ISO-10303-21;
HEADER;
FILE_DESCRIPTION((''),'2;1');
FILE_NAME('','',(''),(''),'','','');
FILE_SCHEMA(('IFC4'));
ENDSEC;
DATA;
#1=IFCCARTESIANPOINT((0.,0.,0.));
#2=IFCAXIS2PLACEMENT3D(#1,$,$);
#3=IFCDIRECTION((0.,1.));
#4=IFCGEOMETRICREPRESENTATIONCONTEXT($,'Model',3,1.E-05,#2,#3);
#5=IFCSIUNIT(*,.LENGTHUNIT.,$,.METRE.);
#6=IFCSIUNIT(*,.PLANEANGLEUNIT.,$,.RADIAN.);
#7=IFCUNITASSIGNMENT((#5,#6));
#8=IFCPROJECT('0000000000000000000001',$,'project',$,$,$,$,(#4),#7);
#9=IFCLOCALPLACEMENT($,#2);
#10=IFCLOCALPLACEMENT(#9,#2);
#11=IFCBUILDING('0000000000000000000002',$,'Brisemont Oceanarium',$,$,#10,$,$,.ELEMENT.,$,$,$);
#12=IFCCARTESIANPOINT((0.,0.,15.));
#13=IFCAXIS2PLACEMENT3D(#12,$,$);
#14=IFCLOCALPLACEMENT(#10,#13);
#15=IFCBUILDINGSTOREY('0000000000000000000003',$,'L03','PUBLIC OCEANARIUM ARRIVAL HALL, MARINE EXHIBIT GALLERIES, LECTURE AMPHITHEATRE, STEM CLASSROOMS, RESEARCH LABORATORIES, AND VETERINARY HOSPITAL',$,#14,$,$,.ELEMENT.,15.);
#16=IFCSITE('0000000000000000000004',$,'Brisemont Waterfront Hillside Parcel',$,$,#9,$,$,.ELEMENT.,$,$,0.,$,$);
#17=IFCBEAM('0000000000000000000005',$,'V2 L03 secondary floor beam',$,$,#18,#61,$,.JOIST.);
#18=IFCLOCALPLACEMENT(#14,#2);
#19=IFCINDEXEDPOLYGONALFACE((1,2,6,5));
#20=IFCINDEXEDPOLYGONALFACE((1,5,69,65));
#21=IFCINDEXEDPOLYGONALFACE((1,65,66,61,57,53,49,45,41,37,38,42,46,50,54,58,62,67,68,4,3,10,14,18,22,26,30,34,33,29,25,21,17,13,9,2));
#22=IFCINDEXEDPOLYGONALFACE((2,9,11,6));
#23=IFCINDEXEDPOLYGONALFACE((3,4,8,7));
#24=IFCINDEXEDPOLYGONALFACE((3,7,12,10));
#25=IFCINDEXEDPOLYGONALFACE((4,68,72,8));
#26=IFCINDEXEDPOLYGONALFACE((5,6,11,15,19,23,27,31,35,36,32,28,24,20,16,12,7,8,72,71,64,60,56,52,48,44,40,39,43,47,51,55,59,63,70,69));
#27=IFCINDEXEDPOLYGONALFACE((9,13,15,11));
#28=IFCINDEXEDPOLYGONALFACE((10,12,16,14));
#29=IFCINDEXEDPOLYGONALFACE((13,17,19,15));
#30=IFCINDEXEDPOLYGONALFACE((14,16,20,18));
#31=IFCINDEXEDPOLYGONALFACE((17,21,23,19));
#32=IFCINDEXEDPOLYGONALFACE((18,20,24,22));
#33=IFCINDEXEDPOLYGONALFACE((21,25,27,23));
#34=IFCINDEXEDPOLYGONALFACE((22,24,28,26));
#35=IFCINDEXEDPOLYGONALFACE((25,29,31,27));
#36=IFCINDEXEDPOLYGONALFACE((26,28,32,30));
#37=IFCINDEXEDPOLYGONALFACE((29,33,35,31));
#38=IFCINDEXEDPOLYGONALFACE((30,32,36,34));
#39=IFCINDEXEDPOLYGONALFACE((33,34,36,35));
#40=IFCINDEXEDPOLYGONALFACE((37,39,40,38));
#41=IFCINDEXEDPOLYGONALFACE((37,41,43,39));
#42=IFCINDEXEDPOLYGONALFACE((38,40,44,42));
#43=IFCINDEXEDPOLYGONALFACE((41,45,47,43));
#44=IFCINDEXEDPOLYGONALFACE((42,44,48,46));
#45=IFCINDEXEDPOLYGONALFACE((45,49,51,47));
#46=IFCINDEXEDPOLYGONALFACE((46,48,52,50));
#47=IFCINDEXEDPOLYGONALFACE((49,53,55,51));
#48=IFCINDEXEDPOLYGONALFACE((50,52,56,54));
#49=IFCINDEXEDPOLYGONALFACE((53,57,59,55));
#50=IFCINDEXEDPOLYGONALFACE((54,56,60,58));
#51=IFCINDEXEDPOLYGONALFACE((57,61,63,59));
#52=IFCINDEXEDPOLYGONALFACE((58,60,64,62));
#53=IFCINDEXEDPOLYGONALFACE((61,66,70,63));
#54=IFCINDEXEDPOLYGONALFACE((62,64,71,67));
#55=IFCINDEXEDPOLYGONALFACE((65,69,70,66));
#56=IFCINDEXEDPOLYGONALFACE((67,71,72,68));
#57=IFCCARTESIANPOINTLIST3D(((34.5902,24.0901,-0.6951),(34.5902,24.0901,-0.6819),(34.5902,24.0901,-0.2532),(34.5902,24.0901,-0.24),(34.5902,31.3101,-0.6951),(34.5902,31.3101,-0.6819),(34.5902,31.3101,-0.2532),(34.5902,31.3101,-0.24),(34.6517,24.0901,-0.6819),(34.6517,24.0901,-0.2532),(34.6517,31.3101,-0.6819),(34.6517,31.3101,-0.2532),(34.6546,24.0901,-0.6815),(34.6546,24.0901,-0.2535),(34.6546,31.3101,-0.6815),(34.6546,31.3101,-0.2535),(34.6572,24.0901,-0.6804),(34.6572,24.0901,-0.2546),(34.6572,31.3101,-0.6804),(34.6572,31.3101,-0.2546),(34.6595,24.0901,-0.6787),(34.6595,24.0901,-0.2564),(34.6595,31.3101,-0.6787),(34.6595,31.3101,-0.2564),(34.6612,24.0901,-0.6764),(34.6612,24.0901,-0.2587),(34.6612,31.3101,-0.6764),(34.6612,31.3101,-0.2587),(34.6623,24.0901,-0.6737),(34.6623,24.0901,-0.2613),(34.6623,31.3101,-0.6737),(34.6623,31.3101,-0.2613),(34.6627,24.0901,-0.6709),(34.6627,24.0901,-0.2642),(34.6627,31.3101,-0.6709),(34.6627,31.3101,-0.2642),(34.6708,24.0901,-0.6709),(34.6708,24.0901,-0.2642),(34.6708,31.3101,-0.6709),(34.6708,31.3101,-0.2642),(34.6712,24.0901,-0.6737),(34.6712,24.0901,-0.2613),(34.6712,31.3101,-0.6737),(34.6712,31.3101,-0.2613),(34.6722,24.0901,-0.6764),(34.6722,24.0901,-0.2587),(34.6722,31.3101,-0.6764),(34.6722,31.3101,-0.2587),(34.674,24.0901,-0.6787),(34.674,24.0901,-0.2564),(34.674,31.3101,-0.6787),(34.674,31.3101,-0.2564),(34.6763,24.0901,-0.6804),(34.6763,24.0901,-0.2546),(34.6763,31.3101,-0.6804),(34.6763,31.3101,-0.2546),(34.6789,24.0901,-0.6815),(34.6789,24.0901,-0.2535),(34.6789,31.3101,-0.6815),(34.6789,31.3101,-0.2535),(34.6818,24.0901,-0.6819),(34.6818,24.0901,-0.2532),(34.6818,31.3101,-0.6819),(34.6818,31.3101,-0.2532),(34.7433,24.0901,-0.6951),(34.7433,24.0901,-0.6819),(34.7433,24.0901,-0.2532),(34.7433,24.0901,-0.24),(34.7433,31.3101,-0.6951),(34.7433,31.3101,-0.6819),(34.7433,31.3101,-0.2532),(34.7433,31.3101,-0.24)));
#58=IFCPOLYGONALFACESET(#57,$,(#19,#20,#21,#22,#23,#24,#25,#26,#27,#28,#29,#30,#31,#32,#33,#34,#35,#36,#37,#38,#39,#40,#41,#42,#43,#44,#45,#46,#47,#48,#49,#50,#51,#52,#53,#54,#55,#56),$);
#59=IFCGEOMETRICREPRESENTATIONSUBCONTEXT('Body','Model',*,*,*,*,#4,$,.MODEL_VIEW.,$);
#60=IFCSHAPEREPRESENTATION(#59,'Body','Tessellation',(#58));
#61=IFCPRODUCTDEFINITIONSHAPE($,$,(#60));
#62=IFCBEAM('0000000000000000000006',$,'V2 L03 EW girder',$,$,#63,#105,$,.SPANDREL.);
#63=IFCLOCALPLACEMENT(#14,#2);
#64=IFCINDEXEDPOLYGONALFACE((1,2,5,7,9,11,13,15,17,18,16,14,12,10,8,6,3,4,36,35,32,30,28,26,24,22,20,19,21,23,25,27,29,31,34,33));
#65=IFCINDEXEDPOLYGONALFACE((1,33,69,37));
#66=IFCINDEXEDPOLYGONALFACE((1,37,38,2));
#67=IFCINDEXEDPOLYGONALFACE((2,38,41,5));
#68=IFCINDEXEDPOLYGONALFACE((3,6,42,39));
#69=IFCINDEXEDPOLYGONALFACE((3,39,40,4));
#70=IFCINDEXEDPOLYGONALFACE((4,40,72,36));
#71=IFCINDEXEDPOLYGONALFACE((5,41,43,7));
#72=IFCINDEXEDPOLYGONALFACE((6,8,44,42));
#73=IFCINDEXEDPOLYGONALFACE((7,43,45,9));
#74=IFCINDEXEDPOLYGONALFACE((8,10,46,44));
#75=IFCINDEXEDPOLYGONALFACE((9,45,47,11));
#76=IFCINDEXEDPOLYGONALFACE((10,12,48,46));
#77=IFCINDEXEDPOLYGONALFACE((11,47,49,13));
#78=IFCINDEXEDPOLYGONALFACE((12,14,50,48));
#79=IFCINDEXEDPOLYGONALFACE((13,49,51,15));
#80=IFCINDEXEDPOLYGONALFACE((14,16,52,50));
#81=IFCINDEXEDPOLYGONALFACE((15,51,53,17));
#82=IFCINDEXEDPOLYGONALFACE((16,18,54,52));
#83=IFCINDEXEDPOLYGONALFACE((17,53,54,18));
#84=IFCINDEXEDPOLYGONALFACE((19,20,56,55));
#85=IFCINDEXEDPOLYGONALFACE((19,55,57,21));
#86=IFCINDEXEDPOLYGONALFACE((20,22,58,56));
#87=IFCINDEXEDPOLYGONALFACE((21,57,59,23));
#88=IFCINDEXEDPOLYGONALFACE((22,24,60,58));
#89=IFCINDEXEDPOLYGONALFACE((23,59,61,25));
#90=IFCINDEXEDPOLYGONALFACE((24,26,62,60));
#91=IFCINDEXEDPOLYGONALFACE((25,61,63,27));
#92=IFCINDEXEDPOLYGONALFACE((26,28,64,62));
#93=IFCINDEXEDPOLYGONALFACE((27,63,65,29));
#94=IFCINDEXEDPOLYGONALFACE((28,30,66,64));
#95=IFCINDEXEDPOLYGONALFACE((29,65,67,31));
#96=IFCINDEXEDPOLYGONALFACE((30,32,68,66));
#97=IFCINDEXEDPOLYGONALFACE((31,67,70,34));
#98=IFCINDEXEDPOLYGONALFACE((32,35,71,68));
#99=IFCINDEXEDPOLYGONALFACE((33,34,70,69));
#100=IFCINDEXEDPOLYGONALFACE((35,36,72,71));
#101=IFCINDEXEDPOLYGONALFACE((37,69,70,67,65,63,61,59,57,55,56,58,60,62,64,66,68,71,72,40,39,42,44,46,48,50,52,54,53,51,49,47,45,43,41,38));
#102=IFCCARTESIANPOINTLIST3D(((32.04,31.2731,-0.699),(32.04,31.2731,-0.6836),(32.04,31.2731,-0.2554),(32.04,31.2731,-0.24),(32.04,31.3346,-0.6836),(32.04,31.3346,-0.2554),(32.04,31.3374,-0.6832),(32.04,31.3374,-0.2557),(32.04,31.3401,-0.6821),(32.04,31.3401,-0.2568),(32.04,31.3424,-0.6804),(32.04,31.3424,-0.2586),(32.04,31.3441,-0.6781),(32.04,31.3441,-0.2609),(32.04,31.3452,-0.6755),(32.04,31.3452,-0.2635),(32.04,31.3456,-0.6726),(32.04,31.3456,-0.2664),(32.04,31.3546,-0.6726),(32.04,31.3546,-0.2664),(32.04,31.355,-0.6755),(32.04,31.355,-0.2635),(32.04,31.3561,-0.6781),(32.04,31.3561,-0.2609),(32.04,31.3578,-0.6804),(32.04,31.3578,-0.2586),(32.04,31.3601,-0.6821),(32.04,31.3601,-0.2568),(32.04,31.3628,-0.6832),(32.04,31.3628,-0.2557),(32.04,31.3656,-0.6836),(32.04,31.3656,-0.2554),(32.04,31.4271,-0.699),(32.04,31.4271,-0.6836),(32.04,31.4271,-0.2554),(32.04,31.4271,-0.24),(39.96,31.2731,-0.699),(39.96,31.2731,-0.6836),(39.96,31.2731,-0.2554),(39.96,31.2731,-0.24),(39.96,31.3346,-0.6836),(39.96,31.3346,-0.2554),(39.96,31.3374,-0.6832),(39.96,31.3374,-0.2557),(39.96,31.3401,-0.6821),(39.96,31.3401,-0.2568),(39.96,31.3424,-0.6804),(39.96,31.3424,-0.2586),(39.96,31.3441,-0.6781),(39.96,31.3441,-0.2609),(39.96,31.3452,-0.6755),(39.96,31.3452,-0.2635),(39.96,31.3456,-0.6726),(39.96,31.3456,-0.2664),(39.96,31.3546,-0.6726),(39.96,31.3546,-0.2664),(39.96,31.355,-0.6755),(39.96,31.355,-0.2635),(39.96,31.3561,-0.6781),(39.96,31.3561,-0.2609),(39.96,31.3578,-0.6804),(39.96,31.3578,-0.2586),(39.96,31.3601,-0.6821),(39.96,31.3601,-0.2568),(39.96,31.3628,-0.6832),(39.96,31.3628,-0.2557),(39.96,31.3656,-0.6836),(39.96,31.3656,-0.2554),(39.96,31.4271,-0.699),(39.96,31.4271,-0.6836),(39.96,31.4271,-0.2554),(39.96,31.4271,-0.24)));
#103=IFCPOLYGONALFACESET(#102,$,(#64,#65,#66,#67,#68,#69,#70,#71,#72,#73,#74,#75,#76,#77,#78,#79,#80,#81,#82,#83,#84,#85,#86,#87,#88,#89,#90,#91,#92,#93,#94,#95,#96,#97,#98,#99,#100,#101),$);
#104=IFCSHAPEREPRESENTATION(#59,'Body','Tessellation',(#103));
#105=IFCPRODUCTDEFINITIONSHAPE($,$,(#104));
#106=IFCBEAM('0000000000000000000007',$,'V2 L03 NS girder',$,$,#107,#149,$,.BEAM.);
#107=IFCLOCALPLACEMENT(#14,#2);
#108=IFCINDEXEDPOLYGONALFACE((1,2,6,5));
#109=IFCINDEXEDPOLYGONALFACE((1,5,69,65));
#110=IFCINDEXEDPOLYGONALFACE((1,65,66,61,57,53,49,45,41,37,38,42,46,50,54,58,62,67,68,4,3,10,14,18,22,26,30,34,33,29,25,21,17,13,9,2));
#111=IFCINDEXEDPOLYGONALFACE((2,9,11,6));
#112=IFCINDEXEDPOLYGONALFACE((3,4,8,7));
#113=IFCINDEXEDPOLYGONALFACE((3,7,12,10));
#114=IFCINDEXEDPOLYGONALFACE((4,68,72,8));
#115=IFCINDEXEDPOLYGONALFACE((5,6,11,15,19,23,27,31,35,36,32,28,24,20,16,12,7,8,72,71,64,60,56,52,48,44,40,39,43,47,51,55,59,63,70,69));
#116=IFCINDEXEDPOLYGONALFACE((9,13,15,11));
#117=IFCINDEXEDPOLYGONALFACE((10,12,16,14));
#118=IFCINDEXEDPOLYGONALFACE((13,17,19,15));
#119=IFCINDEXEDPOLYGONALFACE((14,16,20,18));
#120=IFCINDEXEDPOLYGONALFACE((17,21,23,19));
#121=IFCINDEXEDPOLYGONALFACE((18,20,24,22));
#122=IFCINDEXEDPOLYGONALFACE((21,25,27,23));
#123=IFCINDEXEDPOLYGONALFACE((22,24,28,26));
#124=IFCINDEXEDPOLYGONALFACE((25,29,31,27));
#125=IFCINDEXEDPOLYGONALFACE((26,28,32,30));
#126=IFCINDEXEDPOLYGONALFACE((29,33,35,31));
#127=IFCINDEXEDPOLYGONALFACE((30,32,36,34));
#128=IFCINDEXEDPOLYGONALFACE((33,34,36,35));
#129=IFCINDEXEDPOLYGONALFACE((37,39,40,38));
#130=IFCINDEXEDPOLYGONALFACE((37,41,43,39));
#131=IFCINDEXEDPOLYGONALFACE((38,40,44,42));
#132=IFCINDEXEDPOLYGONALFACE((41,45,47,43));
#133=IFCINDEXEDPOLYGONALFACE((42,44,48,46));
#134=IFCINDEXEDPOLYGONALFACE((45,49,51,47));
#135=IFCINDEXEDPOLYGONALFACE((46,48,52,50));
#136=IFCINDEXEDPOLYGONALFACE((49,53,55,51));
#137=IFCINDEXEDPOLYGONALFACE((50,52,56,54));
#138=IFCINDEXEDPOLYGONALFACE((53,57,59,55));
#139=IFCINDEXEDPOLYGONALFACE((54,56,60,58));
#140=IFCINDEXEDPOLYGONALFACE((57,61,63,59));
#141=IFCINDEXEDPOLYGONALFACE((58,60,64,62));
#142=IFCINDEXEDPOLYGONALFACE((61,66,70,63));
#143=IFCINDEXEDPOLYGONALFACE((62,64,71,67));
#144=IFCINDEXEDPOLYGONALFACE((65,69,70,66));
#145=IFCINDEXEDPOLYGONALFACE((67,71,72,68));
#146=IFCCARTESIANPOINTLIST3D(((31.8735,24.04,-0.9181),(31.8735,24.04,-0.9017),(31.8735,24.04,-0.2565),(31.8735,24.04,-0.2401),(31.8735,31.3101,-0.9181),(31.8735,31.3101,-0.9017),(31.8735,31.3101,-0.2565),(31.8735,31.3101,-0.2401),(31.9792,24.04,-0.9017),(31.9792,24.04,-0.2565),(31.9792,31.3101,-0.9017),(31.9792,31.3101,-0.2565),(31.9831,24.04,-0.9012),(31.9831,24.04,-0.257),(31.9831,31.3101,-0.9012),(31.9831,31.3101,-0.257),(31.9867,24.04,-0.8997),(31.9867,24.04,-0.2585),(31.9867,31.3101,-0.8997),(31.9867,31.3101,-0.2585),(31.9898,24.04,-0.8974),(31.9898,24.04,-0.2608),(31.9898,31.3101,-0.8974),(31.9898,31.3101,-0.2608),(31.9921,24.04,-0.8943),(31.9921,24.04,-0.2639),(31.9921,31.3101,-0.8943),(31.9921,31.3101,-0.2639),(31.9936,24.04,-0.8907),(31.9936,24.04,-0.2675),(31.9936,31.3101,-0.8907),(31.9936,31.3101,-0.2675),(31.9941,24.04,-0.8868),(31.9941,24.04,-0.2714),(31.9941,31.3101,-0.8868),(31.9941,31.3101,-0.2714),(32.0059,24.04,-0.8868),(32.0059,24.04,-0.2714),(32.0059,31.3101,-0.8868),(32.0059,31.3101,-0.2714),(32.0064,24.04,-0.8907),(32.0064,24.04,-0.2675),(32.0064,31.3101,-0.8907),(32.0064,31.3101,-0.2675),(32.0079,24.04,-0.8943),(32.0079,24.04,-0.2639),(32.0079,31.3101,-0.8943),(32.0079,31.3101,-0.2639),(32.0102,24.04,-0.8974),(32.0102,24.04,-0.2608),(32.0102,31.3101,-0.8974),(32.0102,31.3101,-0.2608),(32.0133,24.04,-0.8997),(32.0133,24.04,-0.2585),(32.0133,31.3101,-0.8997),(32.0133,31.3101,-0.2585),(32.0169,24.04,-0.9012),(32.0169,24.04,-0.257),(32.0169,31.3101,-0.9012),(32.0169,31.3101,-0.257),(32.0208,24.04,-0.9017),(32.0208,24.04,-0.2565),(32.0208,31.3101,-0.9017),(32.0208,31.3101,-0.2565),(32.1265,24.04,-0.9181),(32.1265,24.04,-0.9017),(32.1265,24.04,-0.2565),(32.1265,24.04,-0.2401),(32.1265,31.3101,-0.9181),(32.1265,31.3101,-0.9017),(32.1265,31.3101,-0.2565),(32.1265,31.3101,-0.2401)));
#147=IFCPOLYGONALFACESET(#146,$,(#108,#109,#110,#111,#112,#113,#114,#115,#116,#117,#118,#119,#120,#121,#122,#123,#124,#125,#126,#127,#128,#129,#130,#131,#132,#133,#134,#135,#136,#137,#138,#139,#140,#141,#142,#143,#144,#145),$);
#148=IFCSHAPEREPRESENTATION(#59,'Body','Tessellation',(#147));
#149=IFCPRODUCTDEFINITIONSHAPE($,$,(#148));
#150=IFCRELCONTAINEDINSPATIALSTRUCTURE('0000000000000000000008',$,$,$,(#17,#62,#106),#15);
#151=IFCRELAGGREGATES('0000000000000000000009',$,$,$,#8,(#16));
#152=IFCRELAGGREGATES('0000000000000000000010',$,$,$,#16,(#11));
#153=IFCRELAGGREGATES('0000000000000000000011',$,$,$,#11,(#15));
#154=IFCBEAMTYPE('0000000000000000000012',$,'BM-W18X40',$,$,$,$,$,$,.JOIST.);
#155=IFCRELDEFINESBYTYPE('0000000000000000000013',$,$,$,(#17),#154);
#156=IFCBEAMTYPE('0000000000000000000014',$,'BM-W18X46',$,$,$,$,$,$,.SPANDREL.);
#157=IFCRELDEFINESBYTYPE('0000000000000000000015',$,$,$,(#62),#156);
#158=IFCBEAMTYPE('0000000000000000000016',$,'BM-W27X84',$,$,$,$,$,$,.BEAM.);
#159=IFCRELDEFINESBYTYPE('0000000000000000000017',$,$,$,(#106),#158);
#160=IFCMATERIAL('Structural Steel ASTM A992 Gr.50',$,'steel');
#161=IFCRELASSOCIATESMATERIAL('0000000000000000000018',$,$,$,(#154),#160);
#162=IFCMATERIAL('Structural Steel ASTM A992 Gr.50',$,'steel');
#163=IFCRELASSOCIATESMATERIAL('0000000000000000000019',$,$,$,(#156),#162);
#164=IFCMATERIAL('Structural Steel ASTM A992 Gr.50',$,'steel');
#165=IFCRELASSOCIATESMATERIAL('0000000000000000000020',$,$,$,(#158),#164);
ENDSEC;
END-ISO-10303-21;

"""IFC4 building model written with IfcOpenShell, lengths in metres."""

from ifc_helpers import new_model, si_unit, direction, frame, origin, origin_2d, place, context, subcontext, project, spatial, i_section, extrude, material, material_profile, profile_set, type_object, element, save


model = new_model("IFC4")

# Units and contexts
model_context = context("Model", 3, precision=1e-05, world=origin(), true_north=direction((0.0, 1.0)))
body_context = subcontext(model_context, "Body", "Model", "MODEL_VIEW")
ifc_project = project(units=[si_unit("LENGTHUNIT", "METRE"), si_unit("PLANEANGLEUNIT", "RADIAN")], contexts=[model_context])

# Site, building, storey
site_placement = place(None, origin())
site = spatial("IfcSite", under=ifc_project, at=site_placement, Name="Brisemont Waterfront Hillside Parcel", CompositionType="ELEMENT", RefElevation=0.0)
building_placement = place(site_placement, origin())
building = spatial("IfcBuilding", under=site, at=building_placement, Name="Brisemont Oceanarium", CompositionType="ELEMENT")
storey_placement = place(building_placement, frame((0.0, 0.0, 15.0)))
storey = spatial("IfcBuildingStorey", under=building, at=storey_placement, Name="L03", Description="PUBLIC OCEANARIUM ARRIVAL HALL, MARINE EXHIBIT GALLERIES, LECTURE AMPHITHEATRE, STEM CLASSROOMS, RESEARCH LABORATORIES, AND VETERINARY HOSPITAL", CompositionType="ELEMENT", Elevation=15.0)

# Beams
ifc_material_1 = material(Name="Structural Steel ASTM A992 Gr.50", Category="steel")
ifc_material_profile_1 = material_profile(ifc_material_1, i_section(OverallWidth=0.1531, OverallDepth=0.4551, WebThickness=0.0081, FlangeThickness=0.0132, FilletRadius=0.011, at=origin_2d()), Name="W18X40")
ifc_profile_set_1 = profile_set([ifc_material_profile_1], Name="Structural Steel ASTM A992 Gr.50")
beam_type_1 = type_object("IfcBeamType", Name="BM-W18X40", PredefinedType="JOIST", material=ifc_profile_set_1)
beam_1_placement = place(storey_placement, frame((34.6667, 24.0901, -0.4675), z_axis=(0.0, 1.0, 0.0), x_axis=(-1.0, 0.0, 0.0)))
element("IfcBeam", 1, at=beam_1_placement, inside=storey, type_object=beam_type_1, Name="V2 L03 secondary floor beam", PredefinedType="JOIST", context=body_context, shape_type="SweptSolid", body=[
    extrude(i_section(OverallWidth=0.1531, OverallDepth=0.4551, WebThickness=0.0081, FlangeThickness=0.0132, FilletRadius=0.011, at=origin_2d()), origin(), (0.0, 0.0, 1.0), 7.22),
])
ifc_material_2 = material(Name="Structural Steel ASTM A992 Gr.50", Category="steel")
ifc_material_profile_2 = material_profile(ifc_material_2, i_section(OverallWidth=0.1541, OverallDepth=0.459, WebThickness=0.009, FlangeThickness=0.0154, FilletRadius=0.011, at=origin_2d()), Name="W18X46")
ifc_profile_set_2 = profile_set([ifc_material_profile_2], Name="Structural Steel ASTM A992 Gr.50")
beam_type_2 = type_object("IfcBeamType", Name="BM-W18X46", PredefinedType="SPANDREL", material=ifc_profile_set_2)
beam_2_placement = place(storey_placement, frame((32.04, 31.3501, -0.4695), z_axis=(1.0, 0.0, 0.0), x_axis=(0.0, 1.0, 0.0)))
element("IfcBeam", 2, at=beam_2_placement, inside=storey, type_object=beam_type_2, Name="V2 L03 EW girder", PredefinedType="SPANDREL", context=body_context, shape_type="SweptSolid", body=[
    extrude(i_section(OverallWidth=0.1541, OverallDepth=0.459, WebThickness=0.009, FlangeThickness=0.0154, FilletRadius=0.011, at=origin_2d()), origin(), (0.0, 0.0, 1.0), 7.9199),
])
ifc_material_3 = material(Name="Structural Steel ASTM A992 Gr.50", Category="steel")
ifc_material_profile_3 = material_profile(ifc_material_3, i_section(OverallWidth=0.2529, OverallDepth=0.678, WebThickness=0.0117, FlangeThickness=0.0164, FilletRadius=0.0149, at=origin_2d()), Name="W27X84")
ifc_profile_set_3 = profile_set([ifc_material_profile_3], Name="Structural Steel ASTM A992 Gr.50")
beam_type_3 = type_object("IfcBeamType", Name="BM-W27X84", PredefinedType="BEAM", material=ifc_profile_set_3)
beam_3_placement = place(storey_placement, frame((32.0, 24.04, -0.5791), z_axis=(0.0, 1.0, 0.0), x_axis=(-1.0, 0.0, 0.0)))
element("IfcBeam", 3, at=beam_3_placement, inside=storey, type_object=beam_type_3, Name="V2 L03 NS girder", PredefinedType="BEAM", context=body_context, shape_type="SweptSolid", body=[
    extrude(i_section(OverallWidth=0.2529, OverallDepth=0.678, WebThickness=0.0117, FlangeThickness=0.0164, FilletRadius=0.0149, at=origin_2d()), origin(), (0.0, 0.0, 1.0), 7.27),
])

save(model, "model.ifc")
